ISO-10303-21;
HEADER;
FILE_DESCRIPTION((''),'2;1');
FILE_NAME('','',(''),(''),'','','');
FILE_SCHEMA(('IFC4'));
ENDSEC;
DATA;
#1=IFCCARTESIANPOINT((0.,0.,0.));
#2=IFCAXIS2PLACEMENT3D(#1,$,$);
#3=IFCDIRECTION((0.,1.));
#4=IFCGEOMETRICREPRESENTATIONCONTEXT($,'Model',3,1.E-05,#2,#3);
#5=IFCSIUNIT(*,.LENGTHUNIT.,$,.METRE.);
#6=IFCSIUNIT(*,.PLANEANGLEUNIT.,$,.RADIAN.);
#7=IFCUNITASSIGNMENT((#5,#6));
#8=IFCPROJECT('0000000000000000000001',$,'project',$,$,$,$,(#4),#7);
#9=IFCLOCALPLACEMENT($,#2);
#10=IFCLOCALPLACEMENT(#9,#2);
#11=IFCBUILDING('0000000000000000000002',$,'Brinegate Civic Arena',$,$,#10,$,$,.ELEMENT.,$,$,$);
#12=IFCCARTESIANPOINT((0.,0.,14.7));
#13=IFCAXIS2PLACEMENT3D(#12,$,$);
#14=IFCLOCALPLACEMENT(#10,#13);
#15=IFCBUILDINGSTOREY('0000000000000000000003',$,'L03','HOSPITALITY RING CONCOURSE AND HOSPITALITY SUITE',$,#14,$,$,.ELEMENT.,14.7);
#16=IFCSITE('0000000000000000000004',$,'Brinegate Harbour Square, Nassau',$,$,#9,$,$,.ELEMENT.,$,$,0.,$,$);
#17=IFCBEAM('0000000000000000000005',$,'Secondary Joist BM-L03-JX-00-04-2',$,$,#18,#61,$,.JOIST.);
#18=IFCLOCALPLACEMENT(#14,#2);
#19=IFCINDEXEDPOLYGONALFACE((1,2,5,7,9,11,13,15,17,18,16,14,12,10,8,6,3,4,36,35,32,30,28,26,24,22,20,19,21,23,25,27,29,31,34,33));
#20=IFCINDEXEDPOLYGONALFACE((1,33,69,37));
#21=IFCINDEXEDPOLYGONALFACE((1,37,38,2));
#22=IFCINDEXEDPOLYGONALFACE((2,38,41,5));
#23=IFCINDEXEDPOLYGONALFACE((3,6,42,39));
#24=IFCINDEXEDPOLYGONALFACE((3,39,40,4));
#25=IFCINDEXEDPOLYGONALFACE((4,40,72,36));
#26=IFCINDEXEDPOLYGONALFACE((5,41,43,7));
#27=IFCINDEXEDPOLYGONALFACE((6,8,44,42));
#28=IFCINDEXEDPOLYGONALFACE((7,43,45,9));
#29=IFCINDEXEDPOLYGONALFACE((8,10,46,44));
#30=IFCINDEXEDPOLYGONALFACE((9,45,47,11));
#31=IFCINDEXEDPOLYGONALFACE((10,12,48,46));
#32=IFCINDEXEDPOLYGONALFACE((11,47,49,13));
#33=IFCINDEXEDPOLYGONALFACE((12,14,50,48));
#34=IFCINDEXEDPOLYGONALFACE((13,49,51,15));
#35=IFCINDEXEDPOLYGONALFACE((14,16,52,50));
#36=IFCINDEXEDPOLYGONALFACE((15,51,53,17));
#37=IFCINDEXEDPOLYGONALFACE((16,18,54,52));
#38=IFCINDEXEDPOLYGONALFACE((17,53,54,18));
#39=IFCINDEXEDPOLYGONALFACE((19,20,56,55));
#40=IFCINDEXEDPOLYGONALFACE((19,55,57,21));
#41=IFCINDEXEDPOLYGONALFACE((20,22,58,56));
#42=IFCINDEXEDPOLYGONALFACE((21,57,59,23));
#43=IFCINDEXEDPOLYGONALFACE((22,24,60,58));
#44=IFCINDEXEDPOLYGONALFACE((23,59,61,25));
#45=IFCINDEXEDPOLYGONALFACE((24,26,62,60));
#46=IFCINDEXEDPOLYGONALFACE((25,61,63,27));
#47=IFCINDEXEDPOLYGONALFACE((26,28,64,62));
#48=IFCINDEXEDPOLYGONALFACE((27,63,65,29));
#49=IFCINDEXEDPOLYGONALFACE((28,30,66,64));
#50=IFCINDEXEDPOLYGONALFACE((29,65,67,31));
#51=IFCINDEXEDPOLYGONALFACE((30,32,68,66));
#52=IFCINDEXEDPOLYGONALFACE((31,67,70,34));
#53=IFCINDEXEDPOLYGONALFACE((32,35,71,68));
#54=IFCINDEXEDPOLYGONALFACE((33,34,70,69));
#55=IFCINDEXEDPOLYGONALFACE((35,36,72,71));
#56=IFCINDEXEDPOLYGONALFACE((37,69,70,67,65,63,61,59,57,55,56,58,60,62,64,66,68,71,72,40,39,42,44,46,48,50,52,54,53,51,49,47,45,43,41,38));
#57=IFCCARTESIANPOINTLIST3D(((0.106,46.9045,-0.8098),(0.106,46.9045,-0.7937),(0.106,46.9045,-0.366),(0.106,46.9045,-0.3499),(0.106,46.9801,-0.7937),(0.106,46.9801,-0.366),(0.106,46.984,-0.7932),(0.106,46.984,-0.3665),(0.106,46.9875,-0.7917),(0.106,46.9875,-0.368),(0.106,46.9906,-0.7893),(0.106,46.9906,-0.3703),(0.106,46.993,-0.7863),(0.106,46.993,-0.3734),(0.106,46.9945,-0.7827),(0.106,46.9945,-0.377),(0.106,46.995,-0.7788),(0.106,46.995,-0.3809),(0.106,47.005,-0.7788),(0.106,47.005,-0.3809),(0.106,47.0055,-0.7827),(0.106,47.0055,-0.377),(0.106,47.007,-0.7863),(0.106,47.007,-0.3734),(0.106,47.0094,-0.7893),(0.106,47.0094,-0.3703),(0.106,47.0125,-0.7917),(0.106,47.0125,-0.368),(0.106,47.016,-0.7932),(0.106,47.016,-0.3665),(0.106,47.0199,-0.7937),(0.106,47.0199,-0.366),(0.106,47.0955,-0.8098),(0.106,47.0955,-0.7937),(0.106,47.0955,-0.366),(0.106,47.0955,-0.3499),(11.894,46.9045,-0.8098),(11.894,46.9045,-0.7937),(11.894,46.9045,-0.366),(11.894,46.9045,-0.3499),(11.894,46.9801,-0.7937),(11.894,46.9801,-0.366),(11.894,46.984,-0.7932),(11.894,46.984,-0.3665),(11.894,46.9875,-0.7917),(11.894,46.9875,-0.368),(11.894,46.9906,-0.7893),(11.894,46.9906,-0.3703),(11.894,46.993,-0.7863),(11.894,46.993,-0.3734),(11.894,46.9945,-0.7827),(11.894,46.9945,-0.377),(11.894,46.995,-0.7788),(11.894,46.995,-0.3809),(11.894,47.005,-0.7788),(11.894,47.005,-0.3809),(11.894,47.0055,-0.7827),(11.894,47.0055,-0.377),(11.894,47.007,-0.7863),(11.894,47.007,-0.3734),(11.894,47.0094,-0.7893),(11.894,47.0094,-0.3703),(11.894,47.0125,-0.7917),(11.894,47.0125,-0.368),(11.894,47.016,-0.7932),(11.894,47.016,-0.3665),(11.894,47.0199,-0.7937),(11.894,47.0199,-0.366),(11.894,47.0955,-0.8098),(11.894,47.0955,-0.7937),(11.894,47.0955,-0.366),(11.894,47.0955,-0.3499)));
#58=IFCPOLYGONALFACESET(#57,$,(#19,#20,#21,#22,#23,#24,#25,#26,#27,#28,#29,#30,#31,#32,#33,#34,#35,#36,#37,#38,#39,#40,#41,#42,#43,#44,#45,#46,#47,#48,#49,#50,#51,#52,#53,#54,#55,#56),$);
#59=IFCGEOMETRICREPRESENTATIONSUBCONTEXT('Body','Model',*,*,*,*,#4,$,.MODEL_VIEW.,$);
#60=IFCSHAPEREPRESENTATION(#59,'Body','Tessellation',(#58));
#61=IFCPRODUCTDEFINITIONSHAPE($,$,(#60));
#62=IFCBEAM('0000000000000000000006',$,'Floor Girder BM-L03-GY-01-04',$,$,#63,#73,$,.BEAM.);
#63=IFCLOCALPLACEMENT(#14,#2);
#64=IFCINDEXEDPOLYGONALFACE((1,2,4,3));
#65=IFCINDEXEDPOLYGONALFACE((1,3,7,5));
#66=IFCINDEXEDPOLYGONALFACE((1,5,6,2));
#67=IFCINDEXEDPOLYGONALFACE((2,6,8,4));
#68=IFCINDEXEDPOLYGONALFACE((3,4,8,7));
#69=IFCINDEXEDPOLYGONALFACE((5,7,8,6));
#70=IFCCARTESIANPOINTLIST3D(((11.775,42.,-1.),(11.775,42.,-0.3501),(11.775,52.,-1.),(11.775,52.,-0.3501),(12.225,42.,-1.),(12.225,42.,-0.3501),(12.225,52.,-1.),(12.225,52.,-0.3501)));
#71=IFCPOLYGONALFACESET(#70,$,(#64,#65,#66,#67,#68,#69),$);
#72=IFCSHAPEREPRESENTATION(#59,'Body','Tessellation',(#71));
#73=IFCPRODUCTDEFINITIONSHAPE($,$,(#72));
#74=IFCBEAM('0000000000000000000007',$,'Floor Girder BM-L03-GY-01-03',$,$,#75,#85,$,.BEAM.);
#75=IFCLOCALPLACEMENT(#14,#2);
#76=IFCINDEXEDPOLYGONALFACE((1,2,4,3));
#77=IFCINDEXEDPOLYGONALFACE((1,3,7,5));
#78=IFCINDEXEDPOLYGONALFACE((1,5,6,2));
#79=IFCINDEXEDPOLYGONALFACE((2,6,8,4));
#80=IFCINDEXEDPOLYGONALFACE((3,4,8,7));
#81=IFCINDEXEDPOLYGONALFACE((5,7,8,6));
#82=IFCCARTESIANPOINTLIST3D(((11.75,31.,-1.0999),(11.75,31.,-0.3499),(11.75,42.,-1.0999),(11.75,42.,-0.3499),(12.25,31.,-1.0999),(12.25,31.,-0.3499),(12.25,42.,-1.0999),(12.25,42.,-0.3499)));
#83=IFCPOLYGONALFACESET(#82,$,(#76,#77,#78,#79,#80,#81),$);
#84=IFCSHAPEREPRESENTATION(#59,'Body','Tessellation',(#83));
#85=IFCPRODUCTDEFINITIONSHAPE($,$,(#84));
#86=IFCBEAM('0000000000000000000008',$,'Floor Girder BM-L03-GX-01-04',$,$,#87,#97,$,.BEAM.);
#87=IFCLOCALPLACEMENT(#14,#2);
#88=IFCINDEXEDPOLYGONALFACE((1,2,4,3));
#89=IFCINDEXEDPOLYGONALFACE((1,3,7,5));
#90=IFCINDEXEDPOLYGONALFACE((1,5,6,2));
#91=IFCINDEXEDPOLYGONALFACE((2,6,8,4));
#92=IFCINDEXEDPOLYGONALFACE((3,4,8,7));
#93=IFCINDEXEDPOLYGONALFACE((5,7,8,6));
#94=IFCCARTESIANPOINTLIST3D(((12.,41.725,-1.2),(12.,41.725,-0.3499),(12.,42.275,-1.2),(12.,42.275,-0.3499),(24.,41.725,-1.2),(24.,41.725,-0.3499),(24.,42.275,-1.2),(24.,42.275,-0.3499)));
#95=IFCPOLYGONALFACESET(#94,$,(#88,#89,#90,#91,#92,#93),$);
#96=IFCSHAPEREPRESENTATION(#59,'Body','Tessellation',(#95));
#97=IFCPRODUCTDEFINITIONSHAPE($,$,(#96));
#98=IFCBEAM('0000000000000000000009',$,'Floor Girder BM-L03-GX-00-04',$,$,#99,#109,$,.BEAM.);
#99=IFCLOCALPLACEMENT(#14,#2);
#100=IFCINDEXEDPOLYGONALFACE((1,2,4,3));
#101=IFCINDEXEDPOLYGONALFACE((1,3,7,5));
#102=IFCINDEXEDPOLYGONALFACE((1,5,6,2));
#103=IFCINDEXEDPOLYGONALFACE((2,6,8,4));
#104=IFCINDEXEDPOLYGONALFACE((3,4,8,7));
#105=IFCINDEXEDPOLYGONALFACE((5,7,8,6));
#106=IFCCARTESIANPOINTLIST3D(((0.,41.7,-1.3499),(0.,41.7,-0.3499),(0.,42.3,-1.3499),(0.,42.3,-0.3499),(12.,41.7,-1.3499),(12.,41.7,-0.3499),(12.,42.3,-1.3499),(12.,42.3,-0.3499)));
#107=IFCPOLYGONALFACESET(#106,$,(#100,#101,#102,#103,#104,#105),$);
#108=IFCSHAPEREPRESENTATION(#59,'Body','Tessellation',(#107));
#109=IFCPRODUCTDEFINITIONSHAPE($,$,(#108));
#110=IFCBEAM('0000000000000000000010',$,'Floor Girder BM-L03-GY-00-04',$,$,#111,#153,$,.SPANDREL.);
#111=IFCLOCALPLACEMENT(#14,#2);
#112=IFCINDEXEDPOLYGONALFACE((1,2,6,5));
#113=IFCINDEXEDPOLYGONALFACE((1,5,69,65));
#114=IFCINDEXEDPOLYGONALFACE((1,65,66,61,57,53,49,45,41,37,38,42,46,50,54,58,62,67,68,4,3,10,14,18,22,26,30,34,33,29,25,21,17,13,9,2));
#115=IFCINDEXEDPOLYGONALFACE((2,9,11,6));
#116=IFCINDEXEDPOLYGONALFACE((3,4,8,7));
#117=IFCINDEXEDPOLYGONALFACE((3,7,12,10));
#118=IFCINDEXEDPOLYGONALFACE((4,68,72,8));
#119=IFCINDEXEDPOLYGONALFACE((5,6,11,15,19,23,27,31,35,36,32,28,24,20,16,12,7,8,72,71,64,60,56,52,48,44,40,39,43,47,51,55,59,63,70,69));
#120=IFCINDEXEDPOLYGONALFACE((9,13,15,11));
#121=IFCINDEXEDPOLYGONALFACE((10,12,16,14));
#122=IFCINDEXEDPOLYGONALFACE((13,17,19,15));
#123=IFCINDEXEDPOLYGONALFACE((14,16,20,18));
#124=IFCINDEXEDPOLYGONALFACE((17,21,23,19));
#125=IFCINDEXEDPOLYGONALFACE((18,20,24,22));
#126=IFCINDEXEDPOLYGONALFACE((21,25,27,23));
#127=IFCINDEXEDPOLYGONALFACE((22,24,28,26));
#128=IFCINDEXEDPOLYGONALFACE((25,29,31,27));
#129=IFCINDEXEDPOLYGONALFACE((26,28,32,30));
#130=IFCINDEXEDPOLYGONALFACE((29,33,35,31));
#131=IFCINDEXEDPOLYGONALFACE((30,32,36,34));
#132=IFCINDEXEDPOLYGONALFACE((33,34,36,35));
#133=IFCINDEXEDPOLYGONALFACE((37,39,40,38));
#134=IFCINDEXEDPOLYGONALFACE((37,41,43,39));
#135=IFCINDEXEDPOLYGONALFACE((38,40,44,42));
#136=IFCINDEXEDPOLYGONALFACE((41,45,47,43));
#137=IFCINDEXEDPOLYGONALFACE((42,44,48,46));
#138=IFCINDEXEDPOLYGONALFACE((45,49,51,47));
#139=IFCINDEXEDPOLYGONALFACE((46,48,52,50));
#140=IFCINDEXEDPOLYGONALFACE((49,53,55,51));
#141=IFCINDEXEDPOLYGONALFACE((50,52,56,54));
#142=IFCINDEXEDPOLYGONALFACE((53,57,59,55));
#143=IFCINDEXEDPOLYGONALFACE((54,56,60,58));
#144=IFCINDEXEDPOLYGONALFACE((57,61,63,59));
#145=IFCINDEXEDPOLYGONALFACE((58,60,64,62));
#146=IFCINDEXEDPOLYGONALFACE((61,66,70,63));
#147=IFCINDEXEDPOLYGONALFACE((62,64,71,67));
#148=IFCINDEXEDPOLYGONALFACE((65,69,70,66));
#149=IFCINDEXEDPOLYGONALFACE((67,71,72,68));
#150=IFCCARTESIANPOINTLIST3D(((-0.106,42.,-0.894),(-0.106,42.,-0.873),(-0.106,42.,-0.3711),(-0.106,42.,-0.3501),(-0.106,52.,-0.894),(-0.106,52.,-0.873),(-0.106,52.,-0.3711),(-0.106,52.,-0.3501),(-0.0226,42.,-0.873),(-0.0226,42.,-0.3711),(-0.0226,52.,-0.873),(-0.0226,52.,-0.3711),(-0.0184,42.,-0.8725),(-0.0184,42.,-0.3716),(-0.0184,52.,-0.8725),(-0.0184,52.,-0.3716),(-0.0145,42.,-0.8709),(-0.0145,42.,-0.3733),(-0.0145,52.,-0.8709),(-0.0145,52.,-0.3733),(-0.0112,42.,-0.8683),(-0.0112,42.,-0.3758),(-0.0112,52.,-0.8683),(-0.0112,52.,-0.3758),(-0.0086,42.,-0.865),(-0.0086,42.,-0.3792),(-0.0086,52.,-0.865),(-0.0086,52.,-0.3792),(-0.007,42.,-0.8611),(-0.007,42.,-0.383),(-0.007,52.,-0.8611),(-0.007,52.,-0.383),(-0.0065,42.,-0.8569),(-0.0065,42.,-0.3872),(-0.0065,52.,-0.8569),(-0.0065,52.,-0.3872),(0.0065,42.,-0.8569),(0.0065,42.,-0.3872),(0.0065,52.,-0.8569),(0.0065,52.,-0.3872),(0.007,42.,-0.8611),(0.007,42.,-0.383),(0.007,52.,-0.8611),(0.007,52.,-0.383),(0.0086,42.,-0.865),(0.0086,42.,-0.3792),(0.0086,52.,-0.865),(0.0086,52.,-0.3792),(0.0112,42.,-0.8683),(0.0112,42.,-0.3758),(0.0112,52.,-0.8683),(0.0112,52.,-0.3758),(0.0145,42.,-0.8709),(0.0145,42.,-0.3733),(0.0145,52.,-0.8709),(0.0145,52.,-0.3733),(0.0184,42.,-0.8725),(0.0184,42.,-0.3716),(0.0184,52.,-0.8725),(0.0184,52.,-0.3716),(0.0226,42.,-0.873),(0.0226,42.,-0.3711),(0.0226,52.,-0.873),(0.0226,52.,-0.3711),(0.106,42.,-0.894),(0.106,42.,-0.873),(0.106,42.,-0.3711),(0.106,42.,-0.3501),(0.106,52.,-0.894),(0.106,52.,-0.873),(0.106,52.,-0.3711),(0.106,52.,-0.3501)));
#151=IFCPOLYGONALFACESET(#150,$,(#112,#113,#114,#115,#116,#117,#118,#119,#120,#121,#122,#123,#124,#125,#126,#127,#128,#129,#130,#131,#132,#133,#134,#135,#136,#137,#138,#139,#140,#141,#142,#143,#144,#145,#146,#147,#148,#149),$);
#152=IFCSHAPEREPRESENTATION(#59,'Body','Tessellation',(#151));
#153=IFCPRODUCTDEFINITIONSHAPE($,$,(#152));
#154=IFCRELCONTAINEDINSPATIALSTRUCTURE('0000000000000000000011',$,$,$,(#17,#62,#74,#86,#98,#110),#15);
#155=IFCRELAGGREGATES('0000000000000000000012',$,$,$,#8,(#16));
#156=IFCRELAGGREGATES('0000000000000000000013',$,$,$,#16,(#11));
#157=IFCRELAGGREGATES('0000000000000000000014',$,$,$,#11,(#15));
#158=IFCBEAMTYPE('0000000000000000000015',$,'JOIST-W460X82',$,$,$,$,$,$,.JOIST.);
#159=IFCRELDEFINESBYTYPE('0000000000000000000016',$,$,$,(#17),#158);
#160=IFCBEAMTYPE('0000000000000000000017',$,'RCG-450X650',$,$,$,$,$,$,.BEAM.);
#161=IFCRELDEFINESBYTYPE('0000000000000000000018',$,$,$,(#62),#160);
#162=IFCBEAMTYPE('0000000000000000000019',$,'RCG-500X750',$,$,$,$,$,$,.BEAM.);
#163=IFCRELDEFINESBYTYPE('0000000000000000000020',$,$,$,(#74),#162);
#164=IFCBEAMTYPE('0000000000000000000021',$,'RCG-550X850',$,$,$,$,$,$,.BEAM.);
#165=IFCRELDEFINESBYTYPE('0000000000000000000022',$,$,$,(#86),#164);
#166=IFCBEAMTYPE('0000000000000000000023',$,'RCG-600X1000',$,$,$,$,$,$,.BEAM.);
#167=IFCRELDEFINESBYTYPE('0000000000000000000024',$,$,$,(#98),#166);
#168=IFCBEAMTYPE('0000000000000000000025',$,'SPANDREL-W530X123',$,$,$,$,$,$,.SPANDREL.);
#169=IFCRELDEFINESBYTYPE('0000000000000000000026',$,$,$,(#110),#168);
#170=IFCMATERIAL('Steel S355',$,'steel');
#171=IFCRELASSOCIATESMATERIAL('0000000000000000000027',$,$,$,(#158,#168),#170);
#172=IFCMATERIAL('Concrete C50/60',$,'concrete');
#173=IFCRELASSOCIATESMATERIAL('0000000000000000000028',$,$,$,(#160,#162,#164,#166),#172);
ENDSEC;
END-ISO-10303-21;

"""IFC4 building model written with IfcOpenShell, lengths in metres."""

from ifc_helpers import new_model, si_unit, direction, frame, origin, origin_2d, place, context, subcontext, project, spatial, rectangle, i_section, extrude, material, material_profile, profile_set, type_object, element, save


model = new_model("IFC4")

# Units and contexts
model_context = context("Model", 3, precision=1e-05, world=origin(), true_north=direction((0.0, 1.0)))
body_context = subcontext(model_context, "Body", "Model", "MODEL_VIEW")
ifc_project = project(units=[si_unit("LENGTHUNIT", "METRE"), si_unit("PLANEANGLEUNIT", "RADIAN")], contexts=[model_context])

# Site, building, storey
site_placement = place(None, origin())
site = spatial("IfcSite", under=ifc_project, at=site_placement, Name="Brinegate Harbour Square, Nassau", CompositionType="ELEMENT", RefElevation=0.0)
building_placement = place(site_placement, origin())
building = spatial("IfcBuilding", under=site, at=building_placement, Name="Brinegate Civic Arena", CompositionType="ELEMENT")
storey_placement = place(building_placement, frame((0.0, 0.0, 14.7)))
storey = spatial("IfcBuildingStorey", under=building, at=storey_placement, Name="L03", Description="HOSPITALITY RING CONCOURSE AND HOSPITALITY SUITE", CompositionType="ELEMENT", Elevation=14.7)

# Beams
ifc_material_1 = material(Name="Steel S355", Category="steel")
ifc_material_profile_1 = material_profile(ifc_material_1, i_section(OverallWidth=0.1909, OverallDepth=0.46, WebThickness=0.01, FlangeThickness=0.0161, FilletRadius=0.0149, at=origin_2d()), Name="W460X82")
ifc_profile_set_1 = profile_set([ifc_material_profile_1], Name="Steel S355")
beam_type_1 = type_object("IfcBeamType", Name="JOIST-W460X82", PredefinedType="JOIST", material=ifc_profile_set_1)
beam_1_placement = place(storey_placement, frame((0.106, 47.0, -0.5798), z_axis=(1.0, 0.0, 0.0), x_axis=(0.0, 1.0, 0.0)))
element("IfcBeam", 1, at=beam_1_placement, inside=storey, type_object=beam_type_1, Name="Secondary Joist BM-L03-JX-00-04-2", PredefinedType="JOIST", context=body_context, shape_type="SweptSolid", body=[
    extrude(i_section(OverallWidth=0.1909, OverallDepth=0.46, WebThickness=0.01, FlangeThickness=0.0161, FilletRadius=0.0149, at=origin_2d()), origin(), (0.0, 0.0, 1.0), 11.7881),
])
ifc_material_2 = material(Name="Concrete C50/60", Category="concrete")
ifc_material_profile_2 = material_profile(ifc_material_2, rectangle(XDim=0.45, YDim=0.6499, at=origin_2d()), Name="RCB450X650")
ifc_profile_set_2 = profile_set([ifc_material_profile_2], Name="Concrete C50/60")
beam_type_2 = type_object("IfcBeamType", Name="RCG-450X650", PredefinedType="BEAM", material=ifc_profile_set_2)
beam_2_placement = place(storey_placement, frame((12.0, 42.0, -0.675), z_axis=(0.0, 1.0, 0.0), x_axis=(-1.0, 0.0, 0.0)))
element("IfcBeam", 2, at=beam_2_placement, inside=storey, type_object=beam_type_2, Name="Floor Girder BM-L03-GY-01-04", PredefinedType="BEAM", context=body_context, shape_type="SweptSolid", body=[
    extrude(rectangle(XDim=0.45, YDim=0.6499, at=origin_2d()), origin(), (0.0, 0.0, 1.0), 10.0),
])
ifc_material_profile_3 = material_profile(ifc_material_2, rectangle(XDim=0.5, YDim=0.75, at=origin_2d()), Name="RCB500X750")
ifc_profile_set_3 = profile_set([ifc_material_profile_3], Name="Concrete C50/60")
beam_type_3 = type_object("IfcBeamType", Name="RCG-500X750", PredefinedType="BEAM", material=ifc_profile_set_3)
beam_3_placement = place(storey_placement, frame((12.0, 31.0, -0.7249), z_axis=(0.0, 1.0, 0.0), x_axis=(-1.0, 0.0, 0.0)))
element("IfcBeam", 3, at=beam_3_placement, inside=storey, type_object=beam_type_3, Name="Floor Girder BM-L03-GY-01-03", PredefinedType="BEAM", context=body_context, shape_type="SweptSolid", body=[
    extrude(rectangle(XDim=0.5, YDim=0.75, at=origin_2d()), origin(), (0.0, 0.0, 1.0), 11.0),
])
ifc_material_profile_4 = material_profile(ifc_material_2, rectangle(XDim=0.55, YDim=0.8501, at=origin_2d()), Name="RCB550X850")
ifc_profile_set_4 = profile_set([ifc_material_profile_4], Name="Concrete C50/60")
beam_type_4 = type_object("IfcBeamType", Name="RCG-550X850", PredefinedType="BEAM", material=ifc_profile_set_4)
beam_4_placement = place(storey_placement, frame((12.0, 42.0, -0.7749), z_axis=(1.0, 0.0, 0.0), x_axis=(0.0, 1.0, 0.0)))
element("IfcBeam", 4, at=beam_4_placement, inside=storey, type_object=beam_type_4, Name="Floor Girder BM-L03-GX-01-04", PredefinedType="BEAM", context=body_context, shape_type="SweptSolid", body=[
    extrude(rectangle(XDim=0.55, YDim=0.8501, at=origin_2d()), origin(), (0.0, 0.0, 1.0), 12.0),
])
ifc_material_profile_5 = material_profile(ifc_material_2, rectangle(XDim=0.6001, YDim=1.0, at=origin_2d()), Name="RCB600X1000")
ifc_profile_set_5 = profile_set([ifc_material_profile_5], Name="Concrete C50/60")
beam_type_5 = type_object("IfcBeamType", Name="RCG-600X1000", PredefinedType="BEAM", material=ifc_profile_set_5)
beam_5_placement = place(storey_placement, frame((0.0, 42.0, -0.8499), z_axis=(1.0, 0.0, 0.0), x_axis=(0.0, 1.0, 0.0)))
element("IfcBeam", 5, at=beam_5_placement, inside=storey, type_object=beam_type_5, Name="Floor Girder BM-L03-GX-00-04", PredefinedType="BEAM", context=body_context, shape_type="SweptSolid", body=[
    extrude(rectangle(XDim=0.6001, YDim=1.0, at=origin_2d()), origin(), (0.0, 0.0, 1.0), 12.0),
])
ifc_material_profile_6 = material_profile(ifc_material_1, i_section(OverallWidth=0.2119, OverallDepth=0.5439, WebThickness=0.0129, FlangeThickness=0.021, FilletRadius=0.0161, at=origin_2d()), Name="W530X123")
ifc_profile_set_6 = profile_set([ifc_material_profile_6], Name="Steel S355")
beam_type_6 = type_object("IfcBeamType", Name="SPANDREL-W530X123", PredefinedType="SPANDREL", material=ifc_profile_set_6)
beam_6_placement = place(storey_placement, frame((0.0, 42.0, -0.6221), z_axis=(0.0, 1.0, 0.0), x_axis=(-1.0, 0.0, 0.0)))
element("IfcBeam", 6, at=beam_6_placement, inside=storey, type_object=beam_type_6, Name="Floor Girder BM-L03-GY-00-04", PredefinedType="SPANDREL", context=body_context, shape_type="SweptSolid", body=[
    extrude(i_section(OverallWidth=0.2119, OverallDepth=0.5439, WebThickness=0.0129, FlangeThickness=0.021, FilletRadius=0.0161, at=origin_2d()), origin(), (0.0, 0.0, 1.0), 10.0),
])

save(model, "model.ifc")
